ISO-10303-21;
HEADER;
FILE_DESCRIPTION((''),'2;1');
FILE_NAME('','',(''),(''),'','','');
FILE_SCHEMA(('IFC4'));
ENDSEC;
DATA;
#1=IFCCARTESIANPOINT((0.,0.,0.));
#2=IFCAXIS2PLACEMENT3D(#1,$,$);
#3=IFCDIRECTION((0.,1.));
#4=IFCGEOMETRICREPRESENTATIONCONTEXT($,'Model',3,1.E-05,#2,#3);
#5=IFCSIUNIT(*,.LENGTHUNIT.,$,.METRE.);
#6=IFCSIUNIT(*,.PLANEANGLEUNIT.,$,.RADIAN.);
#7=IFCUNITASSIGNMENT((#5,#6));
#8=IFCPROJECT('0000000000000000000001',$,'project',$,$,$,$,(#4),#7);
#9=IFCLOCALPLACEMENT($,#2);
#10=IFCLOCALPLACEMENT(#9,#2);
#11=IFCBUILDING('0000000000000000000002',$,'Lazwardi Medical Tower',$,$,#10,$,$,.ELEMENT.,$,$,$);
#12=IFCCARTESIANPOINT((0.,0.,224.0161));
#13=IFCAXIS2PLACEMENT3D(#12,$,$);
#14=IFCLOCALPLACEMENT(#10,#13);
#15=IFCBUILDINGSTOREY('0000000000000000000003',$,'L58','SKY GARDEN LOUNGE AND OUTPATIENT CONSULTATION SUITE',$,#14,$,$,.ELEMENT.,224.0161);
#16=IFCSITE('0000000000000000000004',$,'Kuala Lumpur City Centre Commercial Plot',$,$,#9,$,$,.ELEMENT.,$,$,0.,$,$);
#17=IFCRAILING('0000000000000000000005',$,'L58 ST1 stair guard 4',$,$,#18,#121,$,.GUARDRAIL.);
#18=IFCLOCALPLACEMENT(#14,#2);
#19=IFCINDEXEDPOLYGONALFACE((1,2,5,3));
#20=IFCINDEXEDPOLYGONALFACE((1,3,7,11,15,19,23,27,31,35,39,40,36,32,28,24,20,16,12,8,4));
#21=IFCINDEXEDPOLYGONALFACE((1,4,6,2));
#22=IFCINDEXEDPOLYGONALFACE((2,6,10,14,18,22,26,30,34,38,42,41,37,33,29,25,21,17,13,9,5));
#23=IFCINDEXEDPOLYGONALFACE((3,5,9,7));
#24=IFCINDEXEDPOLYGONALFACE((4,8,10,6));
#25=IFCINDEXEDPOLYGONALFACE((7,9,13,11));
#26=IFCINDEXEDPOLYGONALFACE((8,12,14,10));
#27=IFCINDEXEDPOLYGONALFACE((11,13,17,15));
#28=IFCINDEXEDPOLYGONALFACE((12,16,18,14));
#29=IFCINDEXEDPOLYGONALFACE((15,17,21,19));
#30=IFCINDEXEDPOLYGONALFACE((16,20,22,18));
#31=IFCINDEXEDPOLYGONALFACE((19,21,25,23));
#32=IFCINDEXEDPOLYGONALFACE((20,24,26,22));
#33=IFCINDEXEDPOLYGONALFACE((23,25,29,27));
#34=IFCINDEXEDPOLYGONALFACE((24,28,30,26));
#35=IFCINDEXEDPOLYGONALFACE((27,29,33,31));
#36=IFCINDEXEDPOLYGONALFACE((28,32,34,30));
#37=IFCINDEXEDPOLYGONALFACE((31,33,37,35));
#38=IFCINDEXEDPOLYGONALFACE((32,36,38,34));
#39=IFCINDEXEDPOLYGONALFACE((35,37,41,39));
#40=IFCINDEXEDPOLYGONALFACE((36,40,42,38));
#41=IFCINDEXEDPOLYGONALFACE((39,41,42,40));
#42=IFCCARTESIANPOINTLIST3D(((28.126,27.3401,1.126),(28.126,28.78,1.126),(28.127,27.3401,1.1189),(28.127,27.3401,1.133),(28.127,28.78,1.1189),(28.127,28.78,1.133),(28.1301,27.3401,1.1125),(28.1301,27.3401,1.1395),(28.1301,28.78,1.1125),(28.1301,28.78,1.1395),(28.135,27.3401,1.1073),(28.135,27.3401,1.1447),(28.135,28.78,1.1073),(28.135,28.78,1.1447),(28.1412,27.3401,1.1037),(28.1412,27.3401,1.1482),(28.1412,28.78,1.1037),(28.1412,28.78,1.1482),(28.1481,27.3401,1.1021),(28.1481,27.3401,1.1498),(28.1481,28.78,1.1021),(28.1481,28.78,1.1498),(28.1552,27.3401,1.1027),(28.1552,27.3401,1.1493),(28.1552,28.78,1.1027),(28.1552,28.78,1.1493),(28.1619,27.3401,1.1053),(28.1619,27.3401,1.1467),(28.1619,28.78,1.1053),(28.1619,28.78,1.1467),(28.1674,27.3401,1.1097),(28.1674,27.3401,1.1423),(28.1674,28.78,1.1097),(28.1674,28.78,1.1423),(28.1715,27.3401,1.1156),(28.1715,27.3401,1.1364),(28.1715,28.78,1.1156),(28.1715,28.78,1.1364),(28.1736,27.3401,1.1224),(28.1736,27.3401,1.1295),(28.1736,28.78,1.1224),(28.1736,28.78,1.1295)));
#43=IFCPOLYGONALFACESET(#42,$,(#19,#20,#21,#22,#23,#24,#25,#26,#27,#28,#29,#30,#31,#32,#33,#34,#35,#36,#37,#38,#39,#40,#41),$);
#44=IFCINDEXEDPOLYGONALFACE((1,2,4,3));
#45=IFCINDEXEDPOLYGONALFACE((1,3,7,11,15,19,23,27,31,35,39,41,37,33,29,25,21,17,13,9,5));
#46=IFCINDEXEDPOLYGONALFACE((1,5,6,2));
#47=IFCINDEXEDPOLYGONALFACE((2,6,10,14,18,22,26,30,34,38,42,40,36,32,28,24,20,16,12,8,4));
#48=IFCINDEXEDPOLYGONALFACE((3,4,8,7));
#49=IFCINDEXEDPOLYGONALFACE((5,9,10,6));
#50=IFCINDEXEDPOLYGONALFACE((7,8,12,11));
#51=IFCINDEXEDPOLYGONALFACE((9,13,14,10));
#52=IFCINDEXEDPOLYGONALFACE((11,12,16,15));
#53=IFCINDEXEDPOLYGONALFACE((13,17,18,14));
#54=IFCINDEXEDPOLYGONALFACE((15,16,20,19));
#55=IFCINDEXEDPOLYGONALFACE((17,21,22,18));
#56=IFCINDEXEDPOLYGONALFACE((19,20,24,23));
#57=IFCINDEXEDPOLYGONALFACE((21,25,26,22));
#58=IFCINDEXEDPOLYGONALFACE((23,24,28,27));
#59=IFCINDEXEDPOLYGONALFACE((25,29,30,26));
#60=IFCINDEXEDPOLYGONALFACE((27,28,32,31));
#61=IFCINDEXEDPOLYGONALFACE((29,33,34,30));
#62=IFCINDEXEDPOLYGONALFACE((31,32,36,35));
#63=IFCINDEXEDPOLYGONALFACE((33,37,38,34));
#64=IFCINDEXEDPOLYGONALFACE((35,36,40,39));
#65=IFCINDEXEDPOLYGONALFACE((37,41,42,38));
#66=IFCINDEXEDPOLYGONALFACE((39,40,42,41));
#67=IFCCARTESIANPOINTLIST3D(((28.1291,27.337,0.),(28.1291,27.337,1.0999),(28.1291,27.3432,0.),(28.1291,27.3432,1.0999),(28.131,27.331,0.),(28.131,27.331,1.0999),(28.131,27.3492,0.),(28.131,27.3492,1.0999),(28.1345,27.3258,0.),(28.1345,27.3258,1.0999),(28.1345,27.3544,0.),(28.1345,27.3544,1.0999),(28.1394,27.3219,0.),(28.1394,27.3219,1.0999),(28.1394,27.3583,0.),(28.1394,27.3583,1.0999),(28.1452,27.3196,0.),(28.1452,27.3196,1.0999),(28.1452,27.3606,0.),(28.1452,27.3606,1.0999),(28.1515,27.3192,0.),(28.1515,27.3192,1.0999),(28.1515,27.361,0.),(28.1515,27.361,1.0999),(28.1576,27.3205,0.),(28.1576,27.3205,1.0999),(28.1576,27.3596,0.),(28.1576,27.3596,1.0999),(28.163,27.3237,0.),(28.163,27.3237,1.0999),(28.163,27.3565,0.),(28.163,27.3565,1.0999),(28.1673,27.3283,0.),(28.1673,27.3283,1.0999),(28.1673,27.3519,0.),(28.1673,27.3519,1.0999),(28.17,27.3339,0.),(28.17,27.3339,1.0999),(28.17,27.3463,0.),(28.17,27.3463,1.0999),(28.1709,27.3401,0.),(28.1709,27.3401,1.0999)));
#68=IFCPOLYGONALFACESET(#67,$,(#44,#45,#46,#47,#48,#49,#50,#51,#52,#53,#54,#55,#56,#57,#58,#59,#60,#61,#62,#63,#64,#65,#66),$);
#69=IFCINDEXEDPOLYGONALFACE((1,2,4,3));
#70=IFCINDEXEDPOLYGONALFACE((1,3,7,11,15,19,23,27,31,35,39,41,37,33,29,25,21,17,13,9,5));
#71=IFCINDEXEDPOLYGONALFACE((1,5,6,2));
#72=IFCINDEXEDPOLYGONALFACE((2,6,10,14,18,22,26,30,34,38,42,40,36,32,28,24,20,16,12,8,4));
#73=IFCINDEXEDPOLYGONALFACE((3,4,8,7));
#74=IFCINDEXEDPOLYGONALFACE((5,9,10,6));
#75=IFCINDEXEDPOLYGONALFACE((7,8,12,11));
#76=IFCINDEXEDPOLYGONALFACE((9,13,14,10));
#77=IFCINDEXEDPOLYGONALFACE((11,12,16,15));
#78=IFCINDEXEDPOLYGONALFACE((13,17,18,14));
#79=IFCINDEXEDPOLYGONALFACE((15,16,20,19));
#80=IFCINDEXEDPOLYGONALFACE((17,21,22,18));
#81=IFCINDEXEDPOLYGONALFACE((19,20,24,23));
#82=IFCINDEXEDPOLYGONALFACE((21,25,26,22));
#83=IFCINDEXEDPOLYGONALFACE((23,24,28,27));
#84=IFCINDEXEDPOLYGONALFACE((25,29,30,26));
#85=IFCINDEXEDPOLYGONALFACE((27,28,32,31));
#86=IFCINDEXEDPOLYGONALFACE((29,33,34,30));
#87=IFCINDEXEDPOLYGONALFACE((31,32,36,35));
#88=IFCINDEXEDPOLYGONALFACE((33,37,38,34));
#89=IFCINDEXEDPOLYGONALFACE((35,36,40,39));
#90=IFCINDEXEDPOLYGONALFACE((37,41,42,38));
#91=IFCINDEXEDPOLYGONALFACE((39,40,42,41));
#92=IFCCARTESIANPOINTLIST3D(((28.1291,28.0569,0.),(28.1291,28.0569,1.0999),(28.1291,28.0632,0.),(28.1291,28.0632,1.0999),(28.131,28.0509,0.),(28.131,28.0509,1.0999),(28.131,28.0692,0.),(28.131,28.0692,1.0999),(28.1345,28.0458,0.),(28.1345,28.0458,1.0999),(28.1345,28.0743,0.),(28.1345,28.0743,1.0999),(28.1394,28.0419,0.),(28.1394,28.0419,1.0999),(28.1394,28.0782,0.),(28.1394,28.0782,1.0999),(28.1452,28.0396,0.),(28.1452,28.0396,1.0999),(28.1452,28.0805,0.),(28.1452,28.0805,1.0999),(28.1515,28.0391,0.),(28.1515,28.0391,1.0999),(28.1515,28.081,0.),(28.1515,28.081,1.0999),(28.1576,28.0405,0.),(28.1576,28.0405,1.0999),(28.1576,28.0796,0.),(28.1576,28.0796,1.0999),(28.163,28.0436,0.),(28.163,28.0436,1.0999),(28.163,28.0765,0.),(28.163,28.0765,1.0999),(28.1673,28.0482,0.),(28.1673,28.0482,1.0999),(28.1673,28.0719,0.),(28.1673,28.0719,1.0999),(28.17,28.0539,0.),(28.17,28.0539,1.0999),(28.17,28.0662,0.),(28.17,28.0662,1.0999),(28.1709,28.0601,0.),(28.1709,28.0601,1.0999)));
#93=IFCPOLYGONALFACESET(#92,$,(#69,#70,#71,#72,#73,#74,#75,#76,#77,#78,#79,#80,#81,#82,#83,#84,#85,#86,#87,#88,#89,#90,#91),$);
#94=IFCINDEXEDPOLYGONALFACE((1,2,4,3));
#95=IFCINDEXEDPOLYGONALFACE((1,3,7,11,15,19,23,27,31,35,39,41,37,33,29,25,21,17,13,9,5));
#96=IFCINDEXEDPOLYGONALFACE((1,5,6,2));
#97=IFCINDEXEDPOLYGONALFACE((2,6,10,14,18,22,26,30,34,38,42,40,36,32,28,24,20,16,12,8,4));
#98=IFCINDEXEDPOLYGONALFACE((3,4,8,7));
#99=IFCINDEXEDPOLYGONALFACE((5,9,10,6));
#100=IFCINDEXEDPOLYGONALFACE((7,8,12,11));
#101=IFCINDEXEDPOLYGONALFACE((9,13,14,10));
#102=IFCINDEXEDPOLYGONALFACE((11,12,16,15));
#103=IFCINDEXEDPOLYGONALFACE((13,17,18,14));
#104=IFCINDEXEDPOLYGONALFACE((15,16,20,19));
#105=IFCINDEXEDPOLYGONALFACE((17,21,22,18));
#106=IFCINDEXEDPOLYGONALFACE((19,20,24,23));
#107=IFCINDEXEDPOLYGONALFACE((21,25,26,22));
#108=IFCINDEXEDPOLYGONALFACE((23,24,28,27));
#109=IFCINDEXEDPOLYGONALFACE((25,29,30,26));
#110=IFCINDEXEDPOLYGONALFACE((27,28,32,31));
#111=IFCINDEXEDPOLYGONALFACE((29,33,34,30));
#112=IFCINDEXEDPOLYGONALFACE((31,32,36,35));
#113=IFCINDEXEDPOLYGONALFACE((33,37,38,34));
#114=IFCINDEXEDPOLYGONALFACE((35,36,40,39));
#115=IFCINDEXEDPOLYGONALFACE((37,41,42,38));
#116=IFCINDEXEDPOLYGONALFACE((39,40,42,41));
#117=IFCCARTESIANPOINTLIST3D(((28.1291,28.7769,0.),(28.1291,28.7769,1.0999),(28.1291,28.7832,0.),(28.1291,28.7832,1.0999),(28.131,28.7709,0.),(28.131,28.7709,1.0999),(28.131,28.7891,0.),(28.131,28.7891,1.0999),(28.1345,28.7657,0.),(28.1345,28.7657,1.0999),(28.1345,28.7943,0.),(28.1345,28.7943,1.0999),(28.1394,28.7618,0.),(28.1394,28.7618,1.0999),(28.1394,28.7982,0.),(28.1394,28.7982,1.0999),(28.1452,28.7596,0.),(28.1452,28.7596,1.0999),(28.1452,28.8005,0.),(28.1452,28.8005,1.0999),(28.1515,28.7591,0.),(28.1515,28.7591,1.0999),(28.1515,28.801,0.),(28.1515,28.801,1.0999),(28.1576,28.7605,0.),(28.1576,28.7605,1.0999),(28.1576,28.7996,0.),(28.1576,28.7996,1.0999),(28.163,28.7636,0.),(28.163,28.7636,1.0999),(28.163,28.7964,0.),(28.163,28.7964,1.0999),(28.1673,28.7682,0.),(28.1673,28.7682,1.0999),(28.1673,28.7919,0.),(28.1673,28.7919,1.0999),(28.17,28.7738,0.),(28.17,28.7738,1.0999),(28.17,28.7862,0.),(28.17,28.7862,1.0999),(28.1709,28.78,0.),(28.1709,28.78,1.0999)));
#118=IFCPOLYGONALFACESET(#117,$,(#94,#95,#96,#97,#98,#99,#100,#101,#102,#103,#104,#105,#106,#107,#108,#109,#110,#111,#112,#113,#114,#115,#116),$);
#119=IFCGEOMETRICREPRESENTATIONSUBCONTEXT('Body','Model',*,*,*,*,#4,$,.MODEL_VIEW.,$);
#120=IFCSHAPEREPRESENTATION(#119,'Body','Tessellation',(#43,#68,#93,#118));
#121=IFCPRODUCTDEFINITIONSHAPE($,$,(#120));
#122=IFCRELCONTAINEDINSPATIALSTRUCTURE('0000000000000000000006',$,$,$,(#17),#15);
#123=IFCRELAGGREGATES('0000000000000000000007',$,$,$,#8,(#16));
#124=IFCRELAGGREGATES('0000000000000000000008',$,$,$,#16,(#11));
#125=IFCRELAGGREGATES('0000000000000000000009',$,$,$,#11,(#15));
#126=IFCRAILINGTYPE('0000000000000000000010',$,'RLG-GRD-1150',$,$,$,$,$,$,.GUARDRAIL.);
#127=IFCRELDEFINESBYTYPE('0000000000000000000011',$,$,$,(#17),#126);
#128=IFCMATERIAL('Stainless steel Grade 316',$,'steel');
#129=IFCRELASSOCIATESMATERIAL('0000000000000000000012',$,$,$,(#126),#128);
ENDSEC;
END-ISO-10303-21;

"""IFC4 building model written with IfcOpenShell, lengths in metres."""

from ifc_helpers import new_model, si_unit, direction, frame, origin, origin_2d, place, context, subcontext, project, spatial, circle, extrude, material, type_object, element, save


model = new_model("IFC4")

# Units and contexts
model_context = context("Model", 3, precision=1e-05, world=origin(), true_north=direction((0.0, 1.0)))
body_context = subcontext(model_context, "Body", "Model", "MODEL_VIEW")
ifc_project = project(units=[si_unit("LENGTHUNIT", "METRE"), si_unit("PLANEANGLEUNIT", "RADIAN")], contexts=[model_context])

# Site, building, storey
site_placement = place(None, origin())
site = spatial("IfcSite", under=ifc_project, at=site_placement, Name="Kuala Lumpur City Centre Commercial Plot", CompositionType="ELEMENT", RefElevation=0.0)
building_placement = place(site_placement, origin())
building = spatial("IfcBuilding", under=site, at=building_placement, Name="Lazwardi Medical Tower", CompositionType="ELEMENT")
storey_placement = place(building_placement, frame((0.0, 0.0, 224.0161)))
storey = spatial("IfcBuildingStorey", under=building, at=storey_placement, Name="L58", Description="SKY GARDEN LOUNGE AND OUTPATIENT CONSULTATION SUITE", CompositionType="ELEMENT", Elevation=224.0161)

# Railing
ifc_material_1 = material(Name="Stainless steel Grade 316", Category="steel")
railing_type_1 = type_object("IfcRailingType", Name="RLG-GRD-1150", PredefinedType="GUARDRAIL", material=ifc_material_1)
railing_1_placement = place(storey_placement, frame((28.1499, 27.3401, 0.0)))
element("IfcRailing", 1, at=railing_1_placement, inside=storey, type_object=railing_type_1, Name="L58 ST1 stair guard 4", PredefinedType="GUARDRAIL", context=body_context, shape_type="SweptSolid", body=[
    extrude(circle(Radius=0.0239, at=origin_2d()), frame((0.0, 0.0, 1.126), z_axis=(0.0, 1.0, 0.0), x_axis=(-1.0, 0.0, 0.0)), (0.0, 0.0, 1.0), 1.4399),
    extrude(circle(Radius=0.021, at=origin_2d()), origin(), (0.0, 0.0, 1.0), 1.0999),
    extrude(circle(Radius=0.021, at=origin_2d()), frame((0.0, 0.72, 0.0)), (0.0, 0.0, 1.0), 1.0999),
    extrude(circle(Radius=0.021, at=origin_2d()), frame((0.0, 1.4399, 0.0)), (0.0, 0.0, 1.0), 1.0999),
])

save(model, "model.ifc")
